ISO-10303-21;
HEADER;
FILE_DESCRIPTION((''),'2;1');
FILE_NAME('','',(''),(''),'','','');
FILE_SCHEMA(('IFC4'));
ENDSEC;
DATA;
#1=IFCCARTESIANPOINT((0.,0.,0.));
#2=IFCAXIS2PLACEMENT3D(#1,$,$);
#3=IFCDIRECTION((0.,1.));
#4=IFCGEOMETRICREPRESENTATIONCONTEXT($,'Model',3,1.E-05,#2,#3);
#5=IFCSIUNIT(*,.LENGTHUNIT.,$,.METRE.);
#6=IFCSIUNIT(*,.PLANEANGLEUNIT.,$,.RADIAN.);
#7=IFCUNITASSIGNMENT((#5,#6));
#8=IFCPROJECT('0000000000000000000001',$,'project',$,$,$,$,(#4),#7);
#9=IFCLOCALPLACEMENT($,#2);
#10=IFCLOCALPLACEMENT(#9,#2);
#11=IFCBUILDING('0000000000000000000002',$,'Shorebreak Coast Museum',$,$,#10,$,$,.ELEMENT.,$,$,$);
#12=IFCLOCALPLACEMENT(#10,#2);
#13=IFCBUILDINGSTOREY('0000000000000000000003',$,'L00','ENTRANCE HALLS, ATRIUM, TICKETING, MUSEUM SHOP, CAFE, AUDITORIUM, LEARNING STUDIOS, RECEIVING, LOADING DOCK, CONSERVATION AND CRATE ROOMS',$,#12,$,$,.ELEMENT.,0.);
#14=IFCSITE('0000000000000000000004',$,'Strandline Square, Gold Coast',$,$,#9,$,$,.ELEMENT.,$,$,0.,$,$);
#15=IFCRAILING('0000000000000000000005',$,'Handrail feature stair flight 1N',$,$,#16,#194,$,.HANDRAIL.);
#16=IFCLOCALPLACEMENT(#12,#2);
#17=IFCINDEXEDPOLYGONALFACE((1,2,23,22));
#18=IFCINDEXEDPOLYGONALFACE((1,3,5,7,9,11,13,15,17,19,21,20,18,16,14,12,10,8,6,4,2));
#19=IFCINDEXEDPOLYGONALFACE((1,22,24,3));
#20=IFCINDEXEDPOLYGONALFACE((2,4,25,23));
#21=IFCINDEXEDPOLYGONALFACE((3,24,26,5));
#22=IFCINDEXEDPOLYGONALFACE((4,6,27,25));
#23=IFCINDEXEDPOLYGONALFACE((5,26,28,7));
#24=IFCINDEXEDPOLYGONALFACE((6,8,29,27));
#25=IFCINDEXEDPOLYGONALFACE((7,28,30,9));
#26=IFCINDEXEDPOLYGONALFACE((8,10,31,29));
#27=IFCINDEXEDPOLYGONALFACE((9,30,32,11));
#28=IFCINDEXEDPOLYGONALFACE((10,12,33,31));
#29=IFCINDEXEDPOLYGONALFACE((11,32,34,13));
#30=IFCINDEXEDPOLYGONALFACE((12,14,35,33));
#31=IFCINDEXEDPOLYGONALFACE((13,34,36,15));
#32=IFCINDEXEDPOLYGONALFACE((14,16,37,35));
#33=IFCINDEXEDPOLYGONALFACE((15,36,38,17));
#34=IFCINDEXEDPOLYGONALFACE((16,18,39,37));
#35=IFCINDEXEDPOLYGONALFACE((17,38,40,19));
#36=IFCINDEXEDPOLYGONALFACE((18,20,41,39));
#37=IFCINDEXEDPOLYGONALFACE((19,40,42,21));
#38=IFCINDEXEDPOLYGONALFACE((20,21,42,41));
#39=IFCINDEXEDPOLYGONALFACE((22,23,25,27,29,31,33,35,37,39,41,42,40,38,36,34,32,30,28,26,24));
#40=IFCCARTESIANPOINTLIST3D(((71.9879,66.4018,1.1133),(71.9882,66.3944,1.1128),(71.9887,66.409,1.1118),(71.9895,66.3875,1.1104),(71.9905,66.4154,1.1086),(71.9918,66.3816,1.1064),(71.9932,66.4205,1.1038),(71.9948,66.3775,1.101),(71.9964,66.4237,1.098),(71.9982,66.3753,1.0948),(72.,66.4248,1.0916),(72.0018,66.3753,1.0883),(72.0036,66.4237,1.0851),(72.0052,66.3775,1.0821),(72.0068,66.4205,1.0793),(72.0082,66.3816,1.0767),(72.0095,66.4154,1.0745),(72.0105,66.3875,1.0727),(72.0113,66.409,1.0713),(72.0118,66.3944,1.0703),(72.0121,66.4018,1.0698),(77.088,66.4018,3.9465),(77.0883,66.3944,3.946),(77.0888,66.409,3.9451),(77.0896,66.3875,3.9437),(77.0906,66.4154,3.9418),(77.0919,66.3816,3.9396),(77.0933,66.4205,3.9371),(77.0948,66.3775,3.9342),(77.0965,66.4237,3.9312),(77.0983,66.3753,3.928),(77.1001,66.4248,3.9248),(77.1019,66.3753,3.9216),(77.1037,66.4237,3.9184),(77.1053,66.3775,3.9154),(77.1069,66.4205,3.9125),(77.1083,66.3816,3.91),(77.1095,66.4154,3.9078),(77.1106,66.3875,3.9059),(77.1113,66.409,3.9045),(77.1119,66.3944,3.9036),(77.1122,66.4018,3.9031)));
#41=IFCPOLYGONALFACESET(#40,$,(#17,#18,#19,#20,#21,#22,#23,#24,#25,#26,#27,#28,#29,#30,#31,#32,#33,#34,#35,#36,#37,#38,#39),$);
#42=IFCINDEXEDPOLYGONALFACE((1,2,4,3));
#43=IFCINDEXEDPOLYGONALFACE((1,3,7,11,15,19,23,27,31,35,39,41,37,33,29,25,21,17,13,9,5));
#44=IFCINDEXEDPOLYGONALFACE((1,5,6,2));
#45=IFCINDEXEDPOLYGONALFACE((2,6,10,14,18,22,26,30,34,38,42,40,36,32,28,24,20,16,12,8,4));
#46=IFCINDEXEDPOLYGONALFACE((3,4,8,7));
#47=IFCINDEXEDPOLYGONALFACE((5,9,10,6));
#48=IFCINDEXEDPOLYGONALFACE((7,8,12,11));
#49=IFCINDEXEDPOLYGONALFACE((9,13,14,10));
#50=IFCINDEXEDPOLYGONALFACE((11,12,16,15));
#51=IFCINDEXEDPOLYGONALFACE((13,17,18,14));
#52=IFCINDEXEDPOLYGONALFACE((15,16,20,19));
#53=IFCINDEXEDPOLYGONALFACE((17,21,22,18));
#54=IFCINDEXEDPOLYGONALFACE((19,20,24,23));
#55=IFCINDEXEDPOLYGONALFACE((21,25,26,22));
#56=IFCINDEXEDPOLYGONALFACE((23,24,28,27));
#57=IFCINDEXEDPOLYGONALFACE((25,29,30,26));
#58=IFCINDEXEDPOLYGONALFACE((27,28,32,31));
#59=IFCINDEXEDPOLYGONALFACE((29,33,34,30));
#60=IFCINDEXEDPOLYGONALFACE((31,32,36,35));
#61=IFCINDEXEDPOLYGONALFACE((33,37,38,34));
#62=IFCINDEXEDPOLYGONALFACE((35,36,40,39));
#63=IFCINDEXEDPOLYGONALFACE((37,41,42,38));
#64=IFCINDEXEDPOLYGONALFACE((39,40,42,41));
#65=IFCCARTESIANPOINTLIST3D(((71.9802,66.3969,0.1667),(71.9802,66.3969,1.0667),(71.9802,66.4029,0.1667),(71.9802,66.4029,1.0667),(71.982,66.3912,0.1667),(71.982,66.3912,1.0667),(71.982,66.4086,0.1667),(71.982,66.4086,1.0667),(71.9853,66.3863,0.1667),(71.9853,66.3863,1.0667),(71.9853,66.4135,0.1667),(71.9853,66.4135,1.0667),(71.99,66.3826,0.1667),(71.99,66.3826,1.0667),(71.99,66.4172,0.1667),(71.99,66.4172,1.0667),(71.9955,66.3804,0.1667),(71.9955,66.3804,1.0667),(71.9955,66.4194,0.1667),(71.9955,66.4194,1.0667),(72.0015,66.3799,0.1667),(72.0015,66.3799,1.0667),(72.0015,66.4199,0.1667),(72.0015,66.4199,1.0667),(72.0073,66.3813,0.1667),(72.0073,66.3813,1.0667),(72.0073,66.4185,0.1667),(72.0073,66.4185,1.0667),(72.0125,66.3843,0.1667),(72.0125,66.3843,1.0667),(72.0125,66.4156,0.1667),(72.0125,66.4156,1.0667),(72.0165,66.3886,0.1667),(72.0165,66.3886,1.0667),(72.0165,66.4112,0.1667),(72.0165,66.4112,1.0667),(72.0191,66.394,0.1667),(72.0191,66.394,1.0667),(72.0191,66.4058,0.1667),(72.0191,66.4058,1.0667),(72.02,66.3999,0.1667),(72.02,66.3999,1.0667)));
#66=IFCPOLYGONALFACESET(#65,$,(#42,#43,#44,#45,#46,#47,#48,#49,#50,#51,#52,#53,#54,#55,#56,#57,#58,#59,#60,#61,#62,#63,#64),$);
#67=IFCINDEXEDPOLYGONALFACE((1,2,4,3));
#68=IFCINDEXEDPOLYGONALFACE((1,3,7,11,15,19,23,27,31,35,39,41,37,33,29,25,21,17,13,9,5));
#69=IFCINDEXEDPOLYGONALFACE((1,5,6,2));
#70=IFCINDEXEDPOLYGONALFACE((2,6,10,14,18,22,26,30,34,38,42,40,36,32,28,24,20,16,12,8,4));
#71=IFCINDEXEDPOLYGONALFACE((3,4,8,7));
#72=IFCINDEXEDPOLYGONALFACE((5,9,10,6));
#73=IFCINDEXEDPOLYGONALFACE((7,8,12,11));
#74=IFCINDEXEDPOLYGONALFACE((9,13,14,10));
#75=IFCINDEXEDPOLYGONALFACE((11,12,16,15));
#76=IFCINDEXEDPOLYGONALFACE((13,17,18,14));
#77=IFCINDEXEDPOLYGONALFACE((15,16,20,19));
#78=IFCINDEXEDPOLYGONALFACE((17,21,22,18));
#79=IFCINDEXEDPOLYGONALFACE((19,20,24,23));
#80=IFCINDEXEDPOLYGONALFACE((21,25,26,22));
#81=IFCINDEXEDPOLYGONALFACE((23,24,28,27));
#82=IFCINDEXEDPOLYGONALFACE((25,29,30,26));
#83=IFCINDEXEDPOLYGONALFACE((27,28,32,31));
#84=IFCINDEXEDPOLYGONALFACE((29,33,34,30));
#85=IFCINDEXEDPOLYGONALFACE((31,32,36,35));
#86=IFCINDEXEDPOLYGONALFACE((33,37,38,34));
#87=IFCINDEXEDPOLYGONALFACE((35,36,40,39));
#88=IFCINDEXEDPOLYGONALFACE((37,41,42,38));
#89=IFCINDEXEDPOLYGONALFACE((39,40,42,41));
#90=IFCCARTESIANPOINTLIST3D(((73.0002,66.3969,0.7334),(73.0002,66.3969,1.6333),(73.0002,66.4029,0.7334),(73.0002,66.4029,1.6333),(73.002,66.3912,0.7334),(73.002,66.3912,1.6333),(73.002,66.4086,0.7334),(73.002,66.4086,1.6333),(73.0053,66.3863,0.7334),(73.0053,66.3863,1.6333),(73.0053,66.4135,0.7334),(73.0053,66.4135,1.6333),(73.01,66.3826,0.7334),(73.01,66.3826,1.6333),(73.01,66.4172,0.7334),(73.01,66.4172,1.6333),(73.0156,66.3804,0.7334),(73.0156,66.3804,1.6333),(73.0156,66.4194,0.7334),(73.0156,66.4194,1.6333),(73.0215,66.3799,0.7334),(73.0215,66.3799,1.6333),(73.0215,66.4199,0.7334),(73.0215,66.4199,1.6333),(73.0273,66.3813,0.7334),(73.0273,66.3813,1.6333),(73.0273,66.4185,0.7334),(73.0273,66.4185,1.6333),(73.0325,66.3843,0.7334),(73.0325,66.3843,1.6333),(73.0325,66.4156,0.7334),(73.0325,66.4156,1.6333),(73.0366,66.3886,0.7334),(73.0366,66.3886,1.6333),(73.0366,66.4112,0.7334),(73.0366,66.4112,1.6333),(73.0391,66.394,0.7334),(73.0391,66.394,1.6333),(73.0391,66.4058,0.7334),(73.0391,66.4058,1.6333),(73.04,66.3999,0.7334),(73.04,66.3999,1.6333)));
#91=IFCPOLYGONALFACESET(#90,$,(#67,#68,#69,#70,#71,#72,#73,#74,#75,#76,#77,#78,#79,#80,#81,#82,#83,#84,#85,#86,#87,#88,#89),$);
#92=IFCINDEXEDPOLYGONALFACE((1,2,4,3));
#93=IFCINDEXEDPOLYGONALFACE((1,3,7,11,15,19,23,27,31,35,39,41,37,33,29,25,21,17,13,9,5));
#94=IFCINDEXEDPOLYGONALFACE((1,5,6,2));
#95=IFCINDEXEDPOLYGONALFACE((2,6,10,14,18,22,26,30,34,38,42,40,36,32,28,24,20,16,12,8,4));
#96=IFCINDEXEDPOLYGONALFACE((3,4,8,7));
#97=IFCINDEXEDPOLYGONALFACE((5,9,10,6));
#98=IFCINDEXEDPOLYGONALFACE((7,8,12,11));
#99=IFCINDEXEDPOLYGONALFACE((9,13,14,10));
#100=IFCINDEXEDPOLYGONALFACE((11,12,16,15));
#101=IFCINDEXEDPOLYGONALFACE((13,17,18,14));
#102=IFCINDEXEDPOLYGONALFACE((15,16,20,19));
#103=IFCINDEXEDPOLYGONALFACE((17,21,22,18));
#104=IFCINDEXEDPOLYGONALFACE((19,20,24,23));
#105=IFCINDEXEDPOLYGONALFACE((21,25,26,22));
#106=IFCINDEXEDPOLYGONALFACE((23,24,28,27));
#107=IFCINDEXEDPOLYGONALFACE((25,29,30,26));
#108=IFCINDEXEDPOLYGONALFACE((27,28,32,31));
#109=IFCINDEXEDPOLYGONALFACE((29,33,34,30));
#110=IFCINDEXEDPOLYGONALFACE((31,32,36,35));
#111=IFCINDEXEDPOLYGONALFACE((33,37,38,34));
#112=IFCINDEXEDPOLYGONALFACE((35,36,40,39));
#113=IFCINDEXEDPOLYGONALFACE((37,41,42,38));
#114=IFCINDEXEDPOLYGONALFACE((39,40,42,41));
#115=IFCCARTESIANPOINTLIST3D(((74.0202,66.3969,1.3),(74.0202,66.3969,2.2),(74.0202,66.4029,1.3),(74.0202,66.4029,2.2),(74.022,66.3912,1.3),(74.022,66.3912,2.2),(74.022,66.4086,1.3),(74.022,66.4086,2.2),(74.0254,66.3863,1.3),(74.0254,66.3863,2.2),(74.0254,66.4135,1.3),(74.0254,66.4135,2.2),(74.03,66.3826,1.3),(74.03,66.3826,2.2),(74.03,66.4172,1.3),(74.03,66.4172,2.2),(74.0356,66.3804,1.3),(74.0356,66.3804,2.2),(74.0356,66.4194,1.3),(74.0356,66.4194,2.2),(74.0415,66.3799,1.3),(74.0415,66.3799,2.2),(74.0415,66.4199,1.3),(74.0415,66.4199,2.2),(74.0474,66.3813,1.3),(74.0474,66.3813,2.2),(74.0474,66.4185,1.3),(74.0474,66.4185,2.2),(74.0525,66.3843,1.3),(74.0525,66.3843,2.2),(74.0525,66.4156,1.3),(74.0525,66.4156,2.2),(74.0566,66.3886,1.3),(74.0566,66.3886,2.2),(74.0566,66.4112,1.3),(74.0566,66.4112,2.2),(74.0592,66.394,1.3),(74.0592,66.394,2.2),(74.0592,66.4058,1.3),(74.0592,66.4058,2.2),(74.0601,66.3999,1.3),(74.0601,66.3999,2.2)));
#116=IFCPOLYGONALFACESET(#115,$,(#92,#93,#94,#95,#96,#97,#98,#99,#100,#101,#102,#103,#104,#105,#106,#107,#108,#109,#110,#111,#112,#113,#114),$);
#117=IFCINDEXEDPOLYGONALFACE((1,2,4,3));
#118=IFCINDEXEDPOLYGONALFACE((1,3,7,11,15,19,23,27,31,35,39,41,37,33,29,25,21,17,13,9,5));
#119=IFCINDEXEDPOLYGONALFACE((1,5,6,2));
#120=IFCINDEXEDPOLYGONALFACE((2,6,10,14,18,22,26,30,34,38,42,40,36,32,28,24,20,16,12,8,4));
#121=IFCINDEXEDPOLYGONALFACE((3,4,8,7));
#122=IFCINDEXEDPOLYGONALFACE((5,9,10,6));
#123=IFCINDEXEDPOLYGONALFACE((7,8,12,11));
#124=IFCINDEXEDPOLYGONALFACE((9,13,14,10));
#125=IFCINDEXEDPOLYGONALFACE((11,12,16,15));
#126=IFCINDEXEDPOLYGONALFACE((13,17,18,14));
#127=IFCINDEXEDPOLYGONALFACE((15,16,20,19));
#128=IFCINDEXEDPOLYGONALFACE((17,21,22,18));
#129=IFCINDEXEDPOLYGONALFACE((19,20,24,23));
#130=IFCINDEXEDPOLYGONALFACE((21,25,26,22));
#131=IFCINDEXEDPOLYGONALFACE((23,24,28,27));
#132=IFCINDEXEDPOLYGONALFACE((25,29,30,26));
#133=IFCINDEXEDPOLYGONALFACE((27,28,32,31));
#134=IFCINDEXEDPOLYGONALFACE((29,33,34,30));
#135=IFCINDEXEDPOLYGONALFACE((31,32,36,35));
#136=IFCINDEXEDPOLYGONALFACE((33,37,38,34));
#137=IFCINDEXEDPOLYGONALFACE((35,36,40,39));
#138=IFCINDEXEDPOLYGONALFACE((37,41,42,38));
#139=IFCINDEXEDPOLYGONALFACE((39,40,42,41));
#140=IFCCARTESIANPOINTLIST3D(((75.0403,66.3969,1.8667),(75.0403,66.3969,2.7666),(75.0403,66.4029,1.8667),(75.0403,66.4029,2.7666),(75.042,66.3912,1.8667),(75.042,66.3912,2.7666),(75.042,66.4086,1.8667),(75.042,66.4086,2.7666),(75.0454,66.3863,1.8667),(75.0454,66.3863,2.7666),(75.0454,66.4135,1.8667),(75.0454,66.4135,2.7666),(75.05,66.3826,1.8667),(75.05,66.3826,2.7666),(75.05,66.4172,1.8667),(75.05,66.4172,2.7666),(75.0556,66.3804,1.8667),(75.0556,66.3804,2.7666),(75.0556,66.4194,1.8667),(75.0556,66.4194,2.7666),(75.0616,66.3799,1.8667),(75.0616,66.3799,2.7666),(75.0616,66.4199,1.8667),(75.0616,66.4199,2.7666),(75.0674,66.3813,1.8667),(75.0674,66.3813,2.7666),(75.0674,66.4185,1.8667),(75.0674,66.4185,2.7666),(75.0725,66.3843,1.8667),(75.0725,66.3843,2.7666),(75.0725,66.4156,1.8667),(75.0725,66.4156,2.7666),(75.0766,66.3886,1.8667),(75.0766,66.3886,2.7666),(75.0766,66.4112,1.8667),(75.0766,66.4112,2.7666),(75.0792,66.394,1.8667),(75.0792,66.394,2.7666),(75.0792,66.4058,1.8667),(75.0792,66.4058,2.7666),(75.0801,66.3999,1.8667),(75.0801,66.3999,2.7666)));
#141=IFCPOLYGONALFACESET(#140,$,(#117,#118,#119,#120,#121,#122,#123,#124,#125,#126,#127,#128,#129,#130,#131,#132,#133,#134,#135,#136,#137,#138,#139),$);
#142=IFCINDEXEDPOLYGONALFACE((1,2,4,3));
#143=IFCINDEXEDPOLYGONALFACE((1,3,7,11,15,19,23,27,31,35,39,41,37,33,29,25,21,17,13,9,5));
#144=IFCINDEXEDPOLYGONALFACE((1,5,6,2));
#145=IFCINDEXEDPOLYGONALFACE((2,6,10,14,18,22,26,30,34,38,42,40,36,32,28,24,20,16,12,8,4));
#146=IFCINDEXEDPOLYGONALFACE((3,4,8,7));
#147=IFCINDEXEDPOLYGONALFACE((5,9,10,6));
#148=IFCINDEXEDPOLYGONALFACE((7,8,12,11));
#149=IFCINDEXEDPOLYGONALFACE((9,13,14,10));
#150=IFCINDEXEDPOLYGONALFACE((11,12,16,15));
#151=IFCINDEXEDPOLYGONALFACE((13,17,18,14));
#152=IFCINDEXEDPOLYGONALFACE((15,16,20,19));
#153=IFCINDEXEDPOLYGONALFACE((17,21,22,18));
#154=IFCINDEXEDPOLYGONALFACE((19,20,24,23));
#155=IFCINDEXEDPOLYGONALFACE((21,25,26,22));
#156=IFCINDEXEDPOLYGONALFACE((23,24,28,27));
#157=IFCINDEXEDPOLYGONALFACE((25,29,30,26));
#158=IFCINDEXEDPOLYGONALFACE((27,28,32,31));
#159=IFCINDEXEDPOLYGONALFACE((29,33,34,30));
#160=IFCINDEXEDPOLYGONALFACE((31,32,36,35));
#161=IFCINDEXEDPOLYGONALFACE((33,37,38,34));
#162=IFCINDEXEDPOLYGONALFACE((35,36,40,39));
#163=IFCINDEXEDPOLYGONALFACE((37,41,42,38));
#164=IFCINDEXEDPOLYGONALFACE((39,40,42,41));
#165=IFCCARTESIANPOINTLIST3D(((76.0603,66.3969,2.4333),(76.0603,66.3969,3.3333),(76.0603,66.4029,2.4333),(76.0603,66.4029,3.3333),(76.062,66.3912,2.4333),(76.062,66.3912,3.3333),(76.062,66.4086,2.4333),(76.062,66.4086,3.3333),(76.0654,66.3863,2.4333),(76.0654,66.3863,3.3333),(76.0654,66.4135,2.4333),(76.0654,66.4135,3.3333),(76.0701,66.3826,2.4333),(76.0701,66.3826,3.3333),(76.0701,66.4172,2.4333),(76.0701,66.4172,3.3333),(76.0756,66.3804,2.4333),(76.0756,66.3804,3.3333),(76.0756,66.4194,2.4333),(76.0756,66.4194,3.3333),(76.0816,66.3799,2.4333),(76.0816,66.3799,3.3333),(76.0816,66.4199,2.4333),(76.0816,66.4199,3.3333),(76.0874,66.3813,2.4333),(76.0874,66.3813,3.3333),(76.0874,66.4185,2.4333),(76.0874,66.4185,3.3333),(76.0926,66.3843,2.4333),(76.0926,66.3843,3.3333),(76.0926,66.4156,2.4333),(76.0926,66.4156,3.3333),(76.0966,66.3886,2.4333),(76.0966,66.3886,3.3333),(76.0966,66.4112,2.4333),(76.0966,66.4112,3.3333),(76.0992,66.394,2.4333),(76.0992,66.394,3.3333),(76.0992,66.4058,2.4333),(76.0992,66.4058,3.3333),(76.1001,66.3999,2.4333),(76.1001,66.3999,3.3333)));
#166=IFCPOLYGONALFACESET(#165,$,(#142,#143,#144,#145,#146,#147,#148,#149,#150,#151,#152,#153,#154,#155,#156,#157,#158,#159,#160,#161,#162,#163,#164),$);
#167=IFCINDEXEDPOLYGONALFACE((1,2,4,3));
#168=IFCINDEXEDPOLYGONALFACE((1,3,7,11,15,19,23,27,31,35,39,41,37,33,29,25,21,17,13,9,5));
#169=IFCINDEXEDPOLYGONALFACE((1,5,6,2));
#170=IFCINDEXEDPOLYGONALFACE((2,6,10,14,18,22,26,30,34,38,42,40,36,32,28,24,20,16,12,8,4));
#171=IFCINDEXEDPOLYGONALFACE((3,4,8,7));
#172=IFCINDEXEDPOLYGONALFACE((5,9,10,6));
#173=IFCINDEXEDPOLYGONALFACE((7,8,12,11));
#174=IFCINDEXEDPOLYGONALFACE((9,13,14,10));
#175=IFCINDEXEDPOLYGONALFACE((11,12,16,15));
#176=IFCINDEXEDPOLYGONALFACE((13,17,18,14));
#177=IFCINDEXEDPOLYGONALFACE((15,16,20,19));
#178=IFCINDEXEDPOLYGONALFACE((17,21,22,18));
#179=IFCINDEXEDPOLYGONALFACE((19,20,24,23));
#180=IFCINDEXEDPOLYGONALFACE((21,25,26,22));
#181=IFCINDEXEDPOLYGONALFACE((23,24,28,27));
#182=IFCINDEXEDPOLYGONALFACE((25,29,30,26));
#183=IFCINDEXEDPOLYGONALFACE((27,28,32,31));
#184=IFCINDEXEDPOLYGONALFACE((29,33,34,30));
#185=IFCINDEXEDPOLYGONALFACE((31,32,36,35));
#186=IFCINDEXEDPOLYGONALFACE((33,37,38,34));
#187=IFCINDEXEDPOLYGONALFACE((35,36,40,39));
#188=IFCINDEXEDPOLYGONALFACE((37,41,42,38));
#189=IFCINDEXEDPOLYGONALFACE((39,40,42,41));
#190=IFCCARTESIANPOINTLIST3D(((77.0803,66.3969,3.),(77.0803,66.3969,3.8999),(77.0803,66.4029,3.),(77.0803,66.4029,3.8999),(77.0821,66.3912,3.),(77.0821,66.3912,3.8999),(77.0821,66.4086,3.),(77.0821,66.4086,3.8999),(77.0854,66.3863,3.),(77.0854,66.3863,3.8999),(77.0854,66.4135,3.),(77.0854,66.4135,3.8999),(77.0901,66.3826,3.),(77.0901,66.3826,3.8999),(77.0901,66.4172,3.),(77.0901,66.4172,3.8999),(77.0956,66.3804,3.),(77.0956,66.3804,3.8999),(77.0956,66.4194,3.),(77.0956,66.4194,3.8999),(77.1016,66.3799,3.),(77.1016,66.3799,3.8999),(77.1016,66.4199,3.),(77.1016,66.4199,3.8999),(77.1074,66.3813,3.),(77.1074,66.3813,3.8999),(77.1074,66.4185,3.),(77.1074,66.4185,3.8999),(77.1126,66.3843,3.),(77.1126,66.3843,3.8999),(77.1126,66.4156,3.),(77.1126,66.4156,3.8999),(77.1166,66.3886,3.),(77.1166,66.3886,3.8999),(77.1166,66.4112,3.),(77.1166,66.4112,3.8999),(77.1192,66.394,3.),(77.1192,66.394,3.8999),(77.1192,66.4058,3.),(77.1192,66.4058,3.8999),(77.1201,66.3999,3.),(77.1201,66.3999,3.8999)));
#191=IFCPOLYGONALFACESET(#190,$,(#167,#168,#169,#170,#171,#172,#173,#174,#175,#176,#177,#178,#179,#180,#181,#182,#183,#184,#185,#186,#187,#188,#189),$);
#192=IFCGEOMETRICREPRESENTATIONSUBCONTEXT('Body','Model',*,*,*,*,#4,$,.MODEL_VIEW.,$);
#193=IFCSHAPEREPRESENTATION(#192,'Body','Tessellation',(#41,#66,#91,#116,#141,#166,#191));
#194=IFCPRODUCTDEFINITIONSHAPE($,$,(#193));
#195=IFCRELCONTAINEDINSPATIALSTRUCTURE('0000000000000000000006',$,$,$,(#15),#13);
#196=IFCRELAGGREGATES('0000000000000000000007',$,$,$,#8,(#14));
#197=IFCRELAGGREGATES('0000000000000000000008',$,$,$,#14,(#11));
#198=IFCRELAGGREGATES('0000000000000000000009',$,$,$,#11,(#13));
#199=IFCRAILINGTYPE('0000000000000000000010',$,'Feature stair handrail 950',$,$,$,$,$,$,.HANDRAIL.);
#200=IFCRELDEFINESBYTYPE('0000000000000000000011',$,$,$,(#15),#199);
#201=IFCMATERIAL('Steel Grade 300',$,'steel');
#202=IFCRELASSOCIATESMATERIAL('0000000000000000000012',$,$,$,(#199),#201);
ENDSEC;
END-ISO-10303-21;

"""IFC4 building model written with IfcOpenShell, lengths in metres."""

from ifc_helpers import new_model, si_unit, direction, frame, origin, origin_2d, place, context, subcontext, project, spatial, circle, extrude, material, type_object, element, save


model = new_model("IFC4")

# Units and contexts
model_context = context("Model", 3, precision=1e-05, world=origin(), true_north=direction((0.0, 1.0)))
body_context = subcontext(model_context, "Body", "Model", "MODEL_VIEW")
ifc_project = project(units=[si_unit("LENGTHUNIT", "METRE"), si_unit("PLANEANGLEUNIT", "RADIAN")], contexts=[model_context])

# Site, building, storey
site_placement = place(None, origin())
site = spatial("IfcSite", under=ifc_project, at=site_placement, Name="Strandline Square, Gold Coast", CompositionType="ELEMENT", RefElevation=0.0)
building_placement = place(site_placement, origin())
building = spatial("IfcBuilding", under=site, at=building_placement, Name="Shorebreak Coast Museum", CompositionType="ELEMENT")
storey_placement = place(building_placement, origin())
storey = spatial("IfcBuildingStorey", under=building, at=storey_placement, Name="L00", Description="ENTRANCE HALLS, ATRIUM, TICKETING, MUSEUM SHOP, CAFE, AUDITORIUM, LEARNING STUDIOS, RECEIVING, LOADING DOCK, CONSERVATION AND CRATE ROOMS", CompositionType="ELEMENT", Elevation=0.0)

# Railing
ifc_material_1 = material(Name="Steel Grade 300", Category="steel")
railing_type_1 = type_object("IfcRailingType", Name="Feature stair handrail 950", PredefinedType="HANDRAIL", material=ifc_material_1)
railing_1_placement = place(storey_placement, frame((72.0, 66.3999, 0.1667)))
element("IfcRailing", 1, at=railing_1_placement, inside=storey, type_object=railing_type_1, Name="Handrail feature stair flight 1N", PredefinedType="HANDRAIL", context=body_context, shape_type="SweptSolid", body=[
    extrude(circle(Radius=0.0249, at=origin_2d()), frame((0.0, 0.0, 0.9248), z_axis=(0.874167, 0.0, 0.485625), x_axis=(0.0, 1.0, 0.0)), (0.0, 0.0, 1.0), 5.8342),
    extrude(circle(Radius=0.02, at=origin_2d()), origin(), (0.0, 0.0, 1.0), 0.8999),
    extrude(circle(Radius=0.02, at=origin_2d()), frame((1.02, 0.0, 0.5667)), (0.0, 0.0, 1.0), 0.8999),
    extrude(circle(Radius=0.02, at=origin_2d()), frame((2.04, 0.0, 1.1333)), (0.0, 0.0, 1.0), 0.8999),
    extrude(circle(Radius=0.02, at=origin_2d()), frame((3.0601, 0.0, 1.7)), (0.0, 0.0, 1.0), 0.8999),
    extrude(circle(Radius=0.02, at=origin_2d()), frame((4.0801, 0.0, 2.2666)), (0.0, 0.0, 1.0), 0.8999),
    extrude(circle(Radius=0.02, at=origin_2d()), frame((5.1001, 0.0, 2.8333)), (0.0, 0.0, 1.0), 0.8999),
])

save(model, "model.ifc")
